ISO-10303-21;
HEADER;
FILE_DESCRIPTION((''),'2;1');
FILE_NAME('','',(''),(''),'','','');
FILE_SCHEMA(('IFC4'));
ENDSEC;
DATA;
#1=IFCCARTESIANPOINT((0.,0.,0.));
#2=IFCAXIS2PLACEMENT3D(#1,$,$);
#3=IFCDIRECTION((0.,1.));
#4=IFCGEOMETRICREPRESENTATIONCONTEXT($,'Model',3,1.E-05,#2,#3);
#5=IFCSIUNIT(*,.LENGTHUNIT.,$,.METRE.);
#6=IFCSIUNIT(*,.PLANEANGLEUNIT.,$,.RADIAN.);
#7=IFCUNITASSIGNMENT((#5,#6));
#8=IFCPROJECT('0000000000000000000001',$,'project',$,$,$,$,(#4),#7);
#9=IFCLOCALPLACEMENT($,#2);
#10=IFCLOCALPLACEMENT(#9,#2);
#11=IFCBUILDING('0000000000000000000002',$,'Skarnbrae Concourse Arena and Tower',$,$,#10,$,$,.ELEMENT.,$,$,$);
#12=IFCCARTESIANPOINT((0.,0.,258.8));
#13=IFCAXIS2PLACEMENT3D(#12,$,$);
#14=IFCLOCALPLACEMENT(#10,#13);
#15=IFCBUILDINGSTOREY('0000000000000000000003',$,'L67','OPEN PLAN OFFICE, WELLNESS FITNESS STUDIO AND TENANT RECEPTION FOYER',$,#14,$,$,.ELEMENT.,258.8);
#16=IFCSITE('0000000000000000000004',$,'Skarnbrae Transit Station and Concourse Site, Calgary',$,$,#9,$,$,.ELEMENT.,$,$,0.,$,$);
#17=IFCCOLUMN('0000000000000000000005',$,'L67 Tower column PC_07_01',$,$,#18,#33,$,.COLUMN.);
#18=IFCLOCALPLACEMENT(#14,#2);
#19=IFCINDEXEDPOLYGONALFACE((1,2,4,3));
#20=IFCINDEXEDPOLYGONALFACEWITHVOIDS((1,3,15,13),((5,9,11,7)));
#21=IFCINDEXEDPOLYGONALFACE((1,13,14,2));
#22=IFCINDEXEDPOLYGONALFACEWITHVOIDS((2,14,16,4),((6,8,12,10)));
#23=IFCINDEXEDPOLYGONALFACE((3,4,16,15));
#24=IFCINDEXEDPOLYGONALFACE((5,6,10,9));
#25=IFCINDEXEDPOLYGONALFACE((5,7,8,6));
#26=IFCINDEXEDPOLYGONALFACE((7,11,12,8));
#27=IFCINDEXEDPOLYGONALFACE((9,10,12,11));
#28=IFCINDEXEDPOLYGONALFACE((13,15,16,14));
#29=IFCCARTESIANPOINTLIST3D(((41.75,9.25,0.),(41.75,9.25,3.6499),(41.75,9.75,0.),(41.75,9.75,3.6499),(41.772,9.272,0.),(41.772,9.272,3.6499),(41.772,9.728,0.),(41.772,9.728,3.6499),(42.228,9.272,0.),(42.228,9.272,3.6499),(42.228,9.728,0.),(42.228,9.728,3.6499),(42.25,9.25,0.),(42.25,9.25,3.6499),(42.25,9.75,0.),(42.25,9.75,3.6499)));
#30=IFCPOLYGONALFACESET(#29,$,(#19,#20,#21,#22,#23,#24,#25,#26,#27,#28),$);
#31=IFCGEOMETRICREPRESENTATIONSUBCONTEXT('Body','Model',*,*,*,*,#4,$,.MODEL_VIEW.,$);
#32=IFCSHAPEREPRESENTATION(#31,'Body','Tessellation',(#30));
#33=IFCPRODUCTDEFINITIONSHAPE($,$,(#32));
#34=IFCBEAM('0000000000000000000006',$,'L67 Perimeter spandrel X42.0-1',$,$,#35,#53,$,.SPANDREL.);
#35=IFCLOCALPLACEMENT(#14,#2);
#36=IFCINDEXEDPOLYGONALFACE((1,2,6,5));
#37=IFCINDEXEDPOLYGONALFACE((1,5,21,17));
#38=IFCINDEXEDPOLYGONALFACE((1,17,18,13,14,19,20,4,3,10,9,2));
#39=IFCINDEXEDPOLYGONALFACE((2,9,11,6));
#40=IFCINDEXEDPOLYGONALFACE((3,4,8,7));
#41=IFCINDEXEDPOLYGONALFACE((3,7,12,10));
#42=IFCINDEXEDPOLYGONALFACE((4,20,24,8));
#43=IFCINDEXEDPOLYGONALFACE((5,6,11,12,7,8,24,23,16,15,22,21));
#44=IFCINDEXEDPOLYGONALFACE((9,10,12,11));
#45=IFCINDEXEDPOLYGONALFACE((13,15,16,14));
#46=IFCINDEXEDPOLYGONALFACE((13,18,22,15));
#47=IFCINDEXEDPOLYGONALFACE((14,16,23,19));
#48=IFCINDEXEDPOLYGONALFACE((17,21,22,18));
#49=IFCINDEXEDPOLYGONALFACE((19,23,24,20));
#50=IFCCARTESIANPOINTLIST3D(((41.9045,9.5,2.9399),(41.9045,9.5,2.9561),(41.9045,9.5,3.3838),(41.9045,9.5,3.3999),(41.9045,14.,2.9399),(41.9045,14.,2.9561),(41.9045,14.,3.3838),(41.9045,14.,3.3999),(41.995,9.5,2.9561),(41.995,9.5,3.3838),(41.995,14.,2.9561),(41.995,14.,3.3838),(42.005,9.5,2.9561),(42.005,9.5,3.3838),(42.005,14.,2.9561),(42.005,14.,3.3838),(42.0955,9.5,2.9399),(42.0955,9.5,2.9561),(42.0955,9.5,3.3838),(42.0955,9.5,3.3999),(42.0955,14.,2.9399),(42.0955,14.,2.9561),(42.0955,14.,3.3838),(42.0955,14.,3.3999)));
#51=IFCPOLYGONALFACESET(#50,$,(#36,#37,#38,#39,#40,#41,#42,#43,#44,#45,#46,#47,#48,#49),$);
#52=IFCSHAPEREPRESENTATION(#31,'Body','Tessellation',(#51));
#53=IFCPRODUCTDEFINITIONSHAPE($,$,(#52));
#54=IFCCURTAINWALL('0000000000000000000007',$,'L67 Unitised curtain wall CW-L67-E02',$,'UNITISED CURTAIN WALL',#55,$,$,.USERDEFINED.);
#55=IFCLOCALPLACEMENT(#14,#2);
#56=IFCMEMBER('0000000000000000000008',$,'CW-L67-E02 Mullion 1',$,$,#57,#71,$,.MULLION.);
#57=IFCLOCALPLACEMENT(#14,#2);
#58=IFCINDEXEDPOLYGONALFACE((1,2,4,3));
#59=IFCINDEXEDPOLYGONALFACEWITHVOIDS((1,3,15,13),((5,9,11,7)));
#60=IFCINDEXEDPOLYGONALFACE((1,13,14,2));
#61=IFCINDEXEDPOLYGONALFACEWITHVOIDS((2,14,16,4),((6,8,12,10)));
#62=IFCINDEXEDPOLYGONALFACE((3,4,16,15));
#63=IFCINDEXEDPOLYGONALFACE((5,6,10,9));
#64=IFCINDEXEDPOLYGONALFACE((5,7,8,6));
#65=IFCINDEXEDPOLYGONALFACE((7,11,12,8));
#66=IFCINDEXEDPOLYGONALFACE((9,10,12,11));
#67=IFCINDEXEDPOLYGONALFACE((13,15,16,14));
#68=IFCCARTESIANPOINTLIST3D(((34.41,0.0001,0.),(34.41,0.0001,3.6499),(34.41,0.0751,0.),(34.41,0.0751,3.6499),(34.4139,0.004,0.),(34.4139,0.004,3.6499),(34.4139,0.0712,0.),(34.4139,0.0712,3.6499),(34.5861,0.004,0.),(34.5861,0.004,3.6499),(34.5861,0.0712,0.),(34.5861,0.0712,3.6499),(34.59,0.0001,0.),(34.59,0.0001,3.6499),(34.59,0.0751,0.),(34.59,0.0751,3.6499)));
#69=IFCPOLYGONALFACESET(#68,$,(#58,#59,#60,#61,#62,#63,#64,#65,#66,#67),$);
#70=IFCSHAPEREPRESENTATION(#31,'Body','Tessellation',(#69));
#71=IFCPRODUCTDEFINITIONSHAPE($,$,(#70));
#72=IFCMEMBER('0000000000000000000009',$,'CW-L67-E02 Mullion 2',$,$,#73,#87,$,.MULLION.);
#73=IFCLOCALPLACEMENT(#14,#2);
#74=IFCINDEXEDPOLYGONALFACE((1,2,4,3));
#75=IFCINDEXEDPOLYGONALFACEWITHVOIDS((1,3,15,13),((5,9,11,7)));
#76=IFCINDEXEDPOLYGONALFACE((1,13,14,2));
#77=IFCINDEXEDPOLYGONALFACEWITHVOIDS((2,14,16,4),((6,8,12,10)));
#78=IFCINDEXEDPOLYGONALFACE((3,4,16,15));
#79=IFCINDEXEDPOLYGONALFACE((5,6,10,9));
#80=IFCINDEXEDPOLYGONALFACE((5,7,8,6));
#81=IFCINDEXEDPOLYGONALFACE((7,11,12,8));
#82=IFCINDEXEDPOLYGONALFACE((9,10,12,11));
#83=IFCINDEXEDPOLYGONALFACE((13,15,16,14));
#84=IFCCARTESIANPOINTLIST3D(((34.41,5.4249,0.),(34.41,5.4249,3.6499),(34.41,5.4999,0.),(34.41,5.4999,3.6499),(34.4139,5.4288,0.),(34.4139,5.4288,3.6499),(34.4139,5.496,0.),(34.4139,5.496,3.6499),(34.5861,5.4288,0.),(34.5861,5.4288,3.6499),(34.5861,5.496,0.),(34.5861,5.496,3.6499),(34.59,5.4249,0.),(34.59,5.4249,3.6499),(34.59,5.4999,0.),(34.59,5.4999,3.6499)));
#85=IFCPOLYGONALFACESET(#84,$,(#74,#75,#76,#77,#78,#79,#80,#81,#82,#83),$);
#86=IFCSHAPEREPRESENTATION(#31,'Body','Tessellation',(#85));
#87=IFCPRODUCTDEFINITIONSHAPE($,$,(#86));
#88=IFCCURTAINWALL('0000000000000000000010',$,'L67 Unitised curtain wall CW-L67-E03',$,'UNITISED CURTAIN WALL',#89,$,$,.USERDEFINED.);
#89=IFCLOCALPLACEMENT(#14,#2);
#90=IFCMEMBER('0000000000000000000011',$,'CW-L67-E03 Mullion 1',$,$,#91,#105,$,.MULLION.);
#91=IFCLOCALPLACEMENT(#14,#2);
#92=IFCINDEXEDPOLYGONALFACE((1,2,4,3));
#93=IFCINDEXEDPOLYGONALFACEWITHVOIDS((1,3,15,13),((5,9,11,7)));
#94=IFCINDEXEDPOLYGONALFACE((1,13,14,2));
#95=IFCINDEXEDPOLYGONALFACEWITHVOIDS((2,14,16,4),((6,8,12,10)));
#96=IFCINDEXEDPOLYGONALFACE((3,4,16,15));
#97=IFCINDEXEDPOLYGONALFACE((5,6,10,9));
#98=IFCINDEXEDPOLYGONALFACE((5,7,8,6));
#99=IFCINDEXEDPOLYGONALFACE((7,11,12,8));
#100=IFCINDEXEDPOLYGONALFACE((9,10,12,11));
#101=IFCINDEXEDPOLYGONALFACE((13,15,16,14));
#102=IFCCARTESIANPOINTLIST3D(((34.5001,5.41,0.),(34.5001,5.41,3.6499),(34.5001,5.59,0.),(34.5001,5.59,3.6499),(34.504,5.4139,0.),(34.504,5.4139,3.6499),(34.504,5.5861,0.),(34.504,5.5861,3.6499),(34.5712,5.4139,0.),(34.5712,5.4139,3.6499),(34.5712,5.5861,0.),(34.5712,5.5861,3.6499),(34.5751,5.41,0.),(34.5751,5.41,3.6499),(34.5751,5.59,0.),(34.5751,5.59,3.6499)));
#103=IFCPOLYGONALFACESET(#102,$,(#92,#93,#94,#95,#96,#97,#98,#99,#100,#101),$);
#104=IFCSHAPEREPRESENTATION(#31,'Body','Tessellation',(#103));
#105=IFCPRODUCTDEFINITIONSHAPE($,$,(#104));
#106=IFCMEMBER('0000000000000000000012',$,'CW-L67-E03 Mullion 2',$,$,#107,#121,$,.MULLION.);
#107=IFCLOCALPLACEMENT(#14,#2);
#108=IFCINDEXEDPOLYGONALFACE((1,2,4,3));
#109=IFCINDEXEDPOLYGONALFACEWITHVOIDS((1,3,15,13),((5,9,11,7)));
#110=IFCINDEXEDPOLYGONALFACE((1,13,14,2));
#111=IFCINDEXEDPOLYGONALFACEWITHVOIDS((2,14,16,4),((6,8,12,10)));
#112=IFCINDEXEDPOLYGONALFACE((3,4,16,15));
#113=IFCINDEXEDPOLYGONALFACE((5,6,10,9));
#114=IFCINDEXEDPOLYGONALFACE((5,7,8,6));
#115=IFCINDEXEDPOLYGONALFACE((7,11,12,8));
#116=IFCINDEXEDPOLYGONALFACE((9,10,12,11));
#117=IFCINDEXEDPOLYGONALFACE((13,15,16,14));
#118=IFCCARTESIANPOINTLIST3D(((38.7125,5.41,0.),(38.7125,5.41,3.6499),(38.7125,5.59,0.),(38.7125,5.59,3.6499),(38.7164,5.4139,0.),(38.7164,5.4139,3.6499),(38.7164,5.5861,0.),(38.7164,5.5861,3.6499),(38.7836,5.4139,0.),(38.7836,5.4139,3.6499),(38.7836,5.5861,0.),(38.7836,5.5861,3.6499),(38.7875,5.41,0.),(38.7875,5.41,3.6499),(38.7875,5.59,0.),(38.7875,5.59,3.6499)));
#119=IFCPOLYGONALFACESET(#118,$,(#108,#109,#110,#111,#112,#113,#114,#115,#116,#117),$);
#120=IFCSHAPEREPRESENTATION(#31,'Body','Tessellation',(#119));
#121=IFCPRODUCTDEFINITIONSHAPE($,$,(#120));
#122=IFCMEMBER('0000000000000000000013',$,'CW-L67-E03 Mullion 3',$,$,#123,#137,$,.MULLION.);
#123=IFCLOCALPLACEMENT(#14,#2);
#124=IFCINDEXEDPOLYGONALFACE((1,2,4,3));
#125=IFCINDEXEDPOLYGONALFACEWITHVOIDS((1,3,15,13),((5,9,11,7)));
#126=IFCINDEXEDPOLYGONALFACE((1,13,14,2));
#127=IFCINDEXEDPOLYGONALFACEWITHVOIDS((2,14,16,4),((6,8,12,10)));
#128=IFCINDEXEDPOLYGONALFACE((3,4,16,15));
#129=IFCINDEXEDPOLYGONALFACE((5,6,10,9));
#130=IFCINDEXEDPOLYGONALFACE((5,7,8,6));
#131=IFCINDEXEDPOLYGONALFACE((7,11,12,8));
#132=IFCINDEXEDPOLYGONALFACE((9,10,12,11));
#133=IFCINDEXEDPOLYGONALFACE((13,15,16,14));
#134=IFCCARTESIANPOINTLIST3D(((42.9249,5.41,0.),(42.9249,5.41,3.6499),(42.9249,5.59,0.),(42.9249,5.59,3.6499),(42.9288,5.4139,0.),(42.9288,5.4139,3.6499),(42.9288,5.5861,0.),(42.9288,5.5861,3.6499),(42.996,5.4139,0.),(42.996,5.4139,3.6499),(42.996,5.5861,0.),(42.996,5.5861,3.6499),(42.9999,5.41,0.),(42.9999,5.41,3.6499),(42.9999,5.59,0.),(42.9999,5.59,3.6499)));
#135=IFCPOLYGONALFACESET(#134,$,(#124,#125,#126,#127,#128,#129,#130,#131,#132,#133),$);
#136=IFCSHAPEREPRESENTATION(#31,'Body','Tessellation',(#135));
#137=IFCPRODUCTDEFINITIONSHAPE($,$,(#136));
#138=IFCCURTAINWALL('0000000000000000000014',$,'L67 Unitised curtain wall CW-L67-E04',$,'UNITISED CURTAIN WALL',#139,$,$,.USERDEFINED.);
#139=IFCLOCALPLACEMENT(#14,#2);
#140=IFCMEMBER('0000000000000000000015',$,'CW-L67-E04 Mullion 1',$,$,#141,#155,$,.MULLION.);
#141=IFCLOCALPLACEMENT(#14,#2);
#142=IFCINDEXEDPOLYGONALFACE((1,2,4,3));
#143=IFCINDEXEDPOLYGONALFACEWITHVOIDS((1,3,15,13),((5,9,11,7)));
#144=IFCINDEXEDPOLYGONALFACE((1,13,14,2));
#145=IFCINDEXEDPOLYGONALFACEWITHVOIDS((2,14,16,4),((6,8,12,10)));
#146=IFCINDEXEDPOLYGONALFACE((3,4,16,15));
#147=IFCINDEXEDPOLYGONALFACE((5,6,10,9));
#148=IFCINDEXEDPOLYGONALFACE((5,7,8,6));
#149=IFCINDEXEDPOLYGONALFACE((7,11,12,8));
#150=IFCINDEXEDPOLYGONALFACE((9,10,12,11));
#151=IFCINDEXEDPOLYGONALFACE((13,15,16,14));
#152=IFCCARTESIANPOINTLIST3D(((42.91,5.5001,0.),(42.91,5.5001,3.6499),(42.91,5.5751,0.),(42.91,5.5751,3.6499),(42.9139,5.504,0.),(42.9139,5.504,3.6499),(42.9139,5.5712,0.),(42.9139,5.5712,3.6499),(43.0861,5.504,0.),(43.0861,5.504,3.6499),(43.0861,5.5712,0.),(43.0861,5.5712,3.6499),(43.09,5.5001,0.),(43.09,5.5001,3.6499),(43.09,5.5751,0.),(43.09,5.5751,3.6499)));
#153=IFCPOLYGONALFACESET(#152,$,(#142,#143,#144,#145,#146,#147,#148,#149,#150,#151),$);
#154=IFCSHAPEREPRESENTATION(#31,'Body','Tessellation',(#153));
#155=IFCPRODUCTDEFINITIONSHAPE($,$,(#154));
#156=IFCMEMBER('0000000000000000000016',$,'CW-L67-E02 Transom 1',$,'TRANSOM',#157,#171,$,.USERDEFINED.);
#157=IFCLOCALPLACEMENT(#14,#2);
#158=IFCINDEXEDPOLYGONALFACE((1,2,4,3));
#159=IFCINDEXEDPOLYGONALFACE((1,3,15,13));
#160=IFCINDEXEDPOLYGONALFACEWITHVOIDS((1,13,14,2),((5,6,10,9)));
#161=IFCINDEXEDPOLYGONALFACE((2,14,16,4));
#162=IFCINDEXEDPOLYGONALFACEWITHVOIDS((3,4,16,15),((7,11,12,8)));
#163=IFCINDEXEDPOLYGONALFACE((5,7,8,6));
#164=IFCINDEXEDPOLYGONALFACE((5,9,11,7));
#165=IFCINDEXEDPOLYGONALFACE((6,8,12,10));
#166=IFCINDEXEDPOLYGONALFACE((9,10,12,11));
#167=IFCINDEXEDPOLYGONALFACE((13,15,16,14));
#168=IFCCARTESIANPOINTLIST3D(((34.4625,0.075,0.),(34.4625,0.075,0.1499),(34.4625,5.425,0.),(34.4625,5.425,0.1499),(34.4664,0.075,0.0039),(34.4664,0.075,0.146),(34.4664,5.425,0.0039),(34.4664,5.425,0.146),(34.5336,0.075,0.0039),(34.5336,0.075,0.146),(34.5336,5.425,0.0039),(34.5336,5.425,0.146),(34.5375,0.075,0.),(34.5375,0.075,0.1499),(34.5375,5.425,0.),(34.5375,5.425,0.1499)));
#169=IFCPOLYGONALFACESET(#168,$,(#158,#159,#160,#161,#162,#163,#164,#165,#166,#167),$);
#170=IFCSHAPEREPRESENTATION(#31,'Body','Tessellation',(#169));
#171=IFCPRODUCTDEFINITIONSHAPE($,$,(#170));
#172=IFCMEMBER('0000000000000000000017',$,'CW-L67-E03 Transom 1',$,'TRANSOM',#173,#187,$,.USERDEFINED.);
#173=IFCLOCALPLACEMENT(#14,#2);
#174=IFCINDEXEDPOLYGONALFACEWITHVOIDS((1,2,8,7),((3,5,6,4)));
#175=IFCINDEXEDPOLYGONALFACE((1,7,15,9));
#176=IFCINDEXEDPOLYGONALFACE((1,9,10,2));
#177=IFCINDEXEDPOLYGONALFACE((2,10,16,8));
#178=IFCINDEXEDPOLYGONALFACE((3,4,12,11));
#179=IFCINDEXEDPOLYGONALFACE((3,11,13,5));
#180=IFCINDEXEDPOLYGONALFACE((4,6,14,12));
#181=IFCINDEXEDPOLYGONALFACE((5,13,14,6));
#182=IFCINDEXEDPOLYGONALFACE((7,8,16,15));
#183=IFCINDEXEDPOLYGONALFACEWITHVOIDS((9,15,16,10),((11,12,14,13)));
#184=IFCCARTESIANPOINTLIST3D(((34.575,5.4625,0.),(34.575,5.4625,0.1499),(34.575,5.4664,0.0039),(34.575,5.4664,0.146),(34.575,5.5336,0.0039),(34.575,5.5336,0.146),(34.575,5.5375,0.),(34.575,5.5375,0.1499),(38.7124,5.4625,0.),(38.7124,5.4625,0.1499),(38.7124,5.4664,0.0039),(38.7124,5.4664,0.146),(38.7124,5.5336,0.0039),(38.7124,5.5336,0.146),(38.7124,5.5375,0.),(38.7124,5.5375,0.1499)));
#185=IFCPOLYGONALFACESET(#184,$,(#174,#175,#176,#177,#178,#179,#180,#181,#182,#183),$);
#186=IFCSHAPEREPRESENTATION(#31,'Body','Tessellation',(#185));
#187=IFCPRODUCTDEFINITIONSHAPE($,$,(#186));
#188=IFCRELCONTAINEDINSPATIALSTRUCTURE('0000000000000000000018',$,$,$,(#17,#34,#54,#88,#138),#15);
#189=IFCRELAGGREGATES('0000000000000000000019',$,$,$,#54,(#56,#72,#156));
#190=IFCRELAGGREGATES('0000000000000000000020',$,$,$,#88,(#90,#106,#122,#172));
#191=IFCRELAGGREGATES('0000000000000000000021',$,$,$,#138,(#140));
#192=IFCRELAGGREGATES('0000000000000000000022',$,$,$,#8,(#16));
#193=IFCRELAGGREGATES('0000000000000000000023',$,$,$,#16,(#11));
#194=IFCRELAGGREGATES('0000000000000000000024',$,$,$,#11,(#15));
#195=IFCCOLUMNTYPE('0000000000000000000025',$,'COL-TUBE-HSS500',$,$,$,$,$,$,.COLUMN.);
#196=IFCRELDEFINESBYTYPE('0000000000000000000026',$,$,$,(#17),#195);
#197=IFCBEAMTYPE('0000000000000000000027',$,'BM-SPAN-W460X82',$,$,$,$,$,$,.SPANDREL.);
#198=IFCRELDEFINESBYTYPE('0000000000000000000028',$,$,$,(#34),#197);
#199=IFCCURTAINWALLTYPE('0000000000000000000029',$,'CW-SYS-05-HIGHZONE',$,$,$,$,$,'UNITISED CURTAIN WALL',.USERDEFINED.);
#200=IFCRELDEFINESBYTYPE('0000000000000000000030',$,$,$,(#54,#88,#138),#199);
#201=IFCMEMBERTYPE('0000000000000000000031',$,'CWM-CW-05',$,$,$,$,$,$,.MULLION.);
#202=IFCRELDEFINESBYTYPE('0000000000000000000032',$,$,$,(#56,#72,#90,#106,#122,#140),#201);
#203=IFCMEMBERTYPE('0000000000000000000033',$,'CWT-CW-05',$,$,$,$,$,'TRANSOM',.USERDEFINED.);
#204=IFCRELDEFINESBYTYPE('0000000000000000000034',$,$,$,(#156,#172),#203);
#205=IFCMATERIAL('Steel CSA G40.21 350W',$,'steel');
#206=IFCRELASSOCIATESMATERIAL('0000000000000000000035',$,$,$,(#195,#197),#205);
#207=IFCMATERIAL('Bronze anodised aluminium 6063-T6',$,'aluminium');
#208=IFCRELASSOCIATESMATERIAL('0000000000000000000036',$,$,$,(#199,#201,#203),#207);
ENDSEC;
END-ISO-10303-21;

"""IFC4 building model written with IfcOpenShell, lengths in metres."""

from ifc_helpers import new_model, si_unit, direction, frame, origin, origin_2d, place, context, subcontext, project, spatial, hollow_rectangle, i_section, extrude, source, transform, mapped, material, material_profile, profile_set, type_object, element, aggregate, save


model = new_model("IFC4")

# Units and contexts
model_context = context("Model", 3, precision=1e-05, world=origin(), true_north=direction((0.0, 1.0)))
body_context = subcontext(model_context, "Body", "Model", "MODEL_VIEW")
ifc_project = project(units=[si_unit("LENGTHUNIT", "METRE"), si_unit("PLANEANGLEUNIT", "RADIAN")], contexts=[model_context])

# Site, building, storey
site_placement = place(None, origin())
site = spatial("IfcSite", under=ifc_project, at=site_placement, Name="Skarnbrae Transit Station and Concourse Site, Calgary", CompositionType="ELEMENT", RefElevation=0.0)
building_placement = place(site_placement, origin())
building = spatial("IfcBuilding", under=site, at=building_placement, Name="Skarnbrae Concourse Arena and Tower", CompositionType="ELEMENT")
storey_placement = place(building_placement, frame((0.0, 0.0, 258.8)))
storey = spatial("IfcBuildingStorey", under=building, at=storey_placement, Name="L67", Description="OPEN PLAN OFFICE, WELLNESS FITNESS STUDIO AND TENANT RECEPTION FOYER", CompositionType="ELEMENT", Elevation=258.8)

# Column
ifc_material_1 = material(Name="Steel CSA G40.21 350W", Category="steel")
ifc_material_profile_1 = material_profile(ifc_material_1, hollow_rectangle(XDim=0.5, YDim=0.5, WallThickness=0.022, at=origin_2d()), Name="HSS500X500X22.0")
ifc_profile_set_1 = profile_set([ifc_material_profile_1], Name="Steel CSA G40.21 350W")
column_type = type_object("IfcColumnType", Name="COL-TUBE-HSS500", PredefinedType="COLUMN", material=ifc_profile_set_1)
shared_shape_1 = source(origin(), body_context, "Body", "SweptSolid", [
    extrude(hollow_rectangle(XDim=0.5, YDim=0.5, WallThickness=0.022, at=origin_2d()), origin(), (0.0, 0.0, 1.0), 3.6499),
])
column_placement = place(storey_placement, frame((42.0, 9.5, 0.0), z_axis=(0.0, 0.0, 1.0), x_axis=(1.0, 0.0, 0.0)))
element("IfcColumn", 1, at=column_placement, inside=storey, type_object=column_type, Name="L67 Tower column PC_07_01", PredefinedType="COLUMN", context=body_context, shape_type="MappedRepresentation", body=[
    mapped(shared_shape_1, transform((0.0, 0.0, 0.0))),
])

# Beam
ifc_material_profile_2 = material_profile(ifc_material_1, i_section(OverallWidth=0.1909, OverallDepth=0.46, WebThickness=0.01, FlangeThickness=0.0161, at=origin_2d()), Name="W460X82")
ifc_profile_set_2 = profile_set([ifc_material_profile_2], Name="Steel CSA G40.21 350W")
beam_type = type_object("IfcBeamType", Name="BM-SPAN-W460X82", PredefinedType="SPANDREL", material=ifc_profile_set_2)
shared_shape_2 = source(origin(), body_context, "Body", "SweptSolid", [
    extrude(i_section(OverallWidth=0.1909, OverallDepth=0.46, WebThickness=0.01, FlangeThickness=0.0161, at=origin_2d()), origin(), (0.0, 0.0, 1.0), 4.5),
])
beam_placement = place(storey_placement, frame((42.0, 9.5, 3.1699), z_axis=(0.0, 1.0, 0.0), x_axis=(-1.0, 0.0, 0.0)))
element("IfcBeam", 2, at=beam_placement, inside=storey, type_object=beam_type, Name="L67 Perimeter spandrel X42.0-1", PredefinedType="SPANDREL", context=body_context, shape_type="MappedRepresentation", body=[
    mapped(shared_shape_2, transform((0.0, 0.0, 0.0))),
])

# Curtain walls, members
ifc_material_2 = material(Name="Bronze anodised aluminium 6063-T6", Category="aluminium")
curtain_wall_type = type_object("IfcCurtainWallType", Name="CW-SYS-05-HIGHZONE", ElementType="UNITISED CURTAIN WALL", PredefinedType="USERDEFINED", material=ifc_material_2)
curtain_wall_1_placement = place(storey_placement, origin())
curtain_wall_1 = element("IfcCurtainWall", 3, at=curtain_wall_1_placement, inside=storey, type_object=curtain_wall_type, Name="L67 Unitised curtain wall CW-L67-E02", ObjectType="UNITISED CURTAIN WALL", PredefinedType="USERDEFINED")
ifc_material_profile_3 = material_profile(ifc_material_2, hollow_rectangle(XDim=0.075, YDim=0.1799, WallThickness=0.0039, at=origin_2d()), Name="ALU-MULL-75X180")
ifc_profile_set_3 = profile_set([ifc_material_profile_3], Name="Bronze anodised aluminium 6063-T6")
member_type_1 = type_object("IfcMemberType", Name="CWM-CW-05", PredefinedType="MULLION", material=ifc_profile_set_3)
shared_shape_3 = source(origin(), body_context, "Body", "SweptSolid", [
    extrude(hollow_rectangle(XDim=0.075, YDim=0.1799, WallThickness=0.0039, at=origin_2d()), origin(), (0.0, 0.0, 1.0), 3.6499),
])
member_1_placement = place(storey_placement, frame((34.5, 0.0376, 0.0), z_axis=(0.0, 0.0, 1.0), x_axis=(0.0, 1.0, 0.0)))
member_1 = element("IfcMember", 4, at=member_1_placement, type_object=member_type_1, Name="CW-L67-E02 Mullion 1", PredefinedType="MULLION", context=body_context, shape_type="MappedRepresentation", body=[
    mapped(shared_shape_3, transform((0.0, 0.0, 0.0))),
])
member_2_placement = place(storey_placement, frame((34.5, 5.4624, 0.0), z_axis=(0.0, 0.0, 1.0), x_axis=(0.0, 1.0, 0.0)))
member_2 = element("IfcMember", 5, at=member_2_placement, type_object=member_type_1, Name="CW-L67-E02 Mullion 2", PredefinedType="MULLION", context=body_context, shape_type="MappedRepresentation", body=[
    mapped(shared_shape_3, transform((0.0, 0.0, 0.0))),
])
curtain_wall_2_placement = place(storey_placement, origin())
curtain_wall_2 = element("IfcCurtainWall", 6, at=curtain_wall_2_placement, inside=storey, type_object=curtain_wall_type, Name="L67 Unitised curtain wall CW-L67-E03", ObjectType="UNITISED CURTAIN WALL", PredefinedType="USERDEFINED")
member_3_placement = place(storey_placement, frame((34.5376, 5.5, 0.0), z_axis=(0.0, 0.0, 1.0), x_axis=(1.0, 0.0, 0.0)))
member_3 = element("IfcMember", 7, at=member_3_placement, type_object=member_type_1, Name="CW-L67-E03 Mullion 1", PredefinedType="MULLION", context=body_context, shape_type="MappedRepresentation", body=[
    mapped(shared_shape_3, transform((0.0, 0.0, 0.0))),
])
member_4_placement = place(storey_placement, frame((38.75, 5.5, 0.0), z_axis=(0.0, 0.0, 1.0), x_axis=(1.0, 0.0, 0.0)))
member_4 = element("IfcMember", 8, at=member_4_placement, type_object=member_type_1, Name="CW-L67-E03 Mullion 2", PredefinedType="MULLION", context=body_context, shape_type="MappedRepresentation", body=[
    mapped(shared_shape_3, transform((0.0, 0.0, 0.0))),
])
member_5_placement = place(storey_placement, frame((42.9624, 5.5, 0.0), z_axis=(0.0, 0.0, 1.0), x_axis=(1.0, 0.0, 0.0)))
member_5 = element("IfcMember", 9, at=member_5_placement, type_object=member_type_1, Name="CW-L67-E03 Mullion 3", PredefinedType="MULLION", context=body_context, shape_type="MappedRepresentation", body=[
    mapped(shared_shape_3, transform((0.0, 0.0, 0.0))),
])

# Curtain wall, member
curtain_wall_3_placement = place(storey_placement, origin())
curtain_wall_3 = element("IfcCurtainWall", 10, at=curtain_wall_3_placement, inside=storey, type_object=curtain_wall_type, Name="L67 Unitised curtain wall CW-L67-E04", ObjectType="UNITISED CURTAIN WALL", PredefinedType="USERDEFINED")
member_6_placement = place(storey_placement, frame((43.0, 5.5376, 0.0), z_axis=(0.0, 0.0, 1.0), x_axis=(0.0, 1.0, 0.0)))
member_6 = element("IfcMember", 11, at=member_6_placement, type_object=member_type_1, Name="CW-L67-E04 Mullion 1", PredefinedType="MULLION", context=body_context, shape_type="MappedRepresentation", body=[
    mapped(shared_shape_3, transform((0.0, 0.0, 0.0))),
])

# Members
ifc_material_profile_4 = material_profile(ifc_material_2, hollow_rectangle(XDim=0.075, YDim=0.1499, WallThickness=0.0039, at=origin_2d()), Name="ALU-TRAN-75X150")
ifc_profile_set_4 = profile_set([ifc_material_profile_4], Name="Bronze anodised aluminium 6063-T6")
member_type_2 = type_object("IfcMemberType", Name="CWT-CW-05", ElementType="TRANSOM", PredefinedType="USERDEFINED", material=ifc_profile_set_4)
shared_shape_4 = source(origin(), body_context, "Body", "SweptSolid", [
    extrude(hollow_rectangle(XDim=0.075, YDim=0.1499, WallThickness=0.0039, at=origin_2d()), origin(), (0.0, 0.0, 1.0), 5.3501),
])
member_7_placement = place(storey_placement, frame((34.5, 0.075, 0.075), z_axis=(0.0, 1.0, 0.0), x_axis=(-1.0, 0.0, 0.0)))
member_7 = element("IfcMember", 12, at=member_7_placement, type_object=member_type_2, Name="CW-L67-E02 Transom 1", ObjectType="TRANSOM", PredefinedType="USERDEFINED", context=body_context, shape_type="MappedRepresentation", body=[
    mapped(shared_shape_4, transform((0.0, 0.0, 0.0))),
])
shared_shape_5 = source(origin(), body_context, "Body", "SweptSolid", [
    extrude(hollow_rectangle(XDim=0.075, YDim=0.1499, WallThickness=0.0039, at=origin_2d()), origin(), (0.0, 0.0, 1.0), 4.1375),
])
member_8_placement = place(storey_placement, frame((34.575, 5.5, 0.075), z_axis=(1.0, 0.0, 0.0), x_axis=(0.0, 1.0, 0.0)))
member_8 = element("IfcMember", 13, at=member_8_placement, type_object=member_type_2, Name="CW-L67-E03 Transom 1", ObjectType="TRANSOM", PredefinedType="USERDEFINED", context=body_context, shape_type="MappedRepresentation", body=[
    mapped(shared_shape_5, transform((0.0, 0.0, 0.0))),
])

aggregate(curtain_wall_1, [member_1, member_2, member_7])
aggregate(curtain_wall_2, [member_3, member_4, member_5, member_8])
aggregate(curtain_wall_3, [member_6])

save(model, "model.ifc")
